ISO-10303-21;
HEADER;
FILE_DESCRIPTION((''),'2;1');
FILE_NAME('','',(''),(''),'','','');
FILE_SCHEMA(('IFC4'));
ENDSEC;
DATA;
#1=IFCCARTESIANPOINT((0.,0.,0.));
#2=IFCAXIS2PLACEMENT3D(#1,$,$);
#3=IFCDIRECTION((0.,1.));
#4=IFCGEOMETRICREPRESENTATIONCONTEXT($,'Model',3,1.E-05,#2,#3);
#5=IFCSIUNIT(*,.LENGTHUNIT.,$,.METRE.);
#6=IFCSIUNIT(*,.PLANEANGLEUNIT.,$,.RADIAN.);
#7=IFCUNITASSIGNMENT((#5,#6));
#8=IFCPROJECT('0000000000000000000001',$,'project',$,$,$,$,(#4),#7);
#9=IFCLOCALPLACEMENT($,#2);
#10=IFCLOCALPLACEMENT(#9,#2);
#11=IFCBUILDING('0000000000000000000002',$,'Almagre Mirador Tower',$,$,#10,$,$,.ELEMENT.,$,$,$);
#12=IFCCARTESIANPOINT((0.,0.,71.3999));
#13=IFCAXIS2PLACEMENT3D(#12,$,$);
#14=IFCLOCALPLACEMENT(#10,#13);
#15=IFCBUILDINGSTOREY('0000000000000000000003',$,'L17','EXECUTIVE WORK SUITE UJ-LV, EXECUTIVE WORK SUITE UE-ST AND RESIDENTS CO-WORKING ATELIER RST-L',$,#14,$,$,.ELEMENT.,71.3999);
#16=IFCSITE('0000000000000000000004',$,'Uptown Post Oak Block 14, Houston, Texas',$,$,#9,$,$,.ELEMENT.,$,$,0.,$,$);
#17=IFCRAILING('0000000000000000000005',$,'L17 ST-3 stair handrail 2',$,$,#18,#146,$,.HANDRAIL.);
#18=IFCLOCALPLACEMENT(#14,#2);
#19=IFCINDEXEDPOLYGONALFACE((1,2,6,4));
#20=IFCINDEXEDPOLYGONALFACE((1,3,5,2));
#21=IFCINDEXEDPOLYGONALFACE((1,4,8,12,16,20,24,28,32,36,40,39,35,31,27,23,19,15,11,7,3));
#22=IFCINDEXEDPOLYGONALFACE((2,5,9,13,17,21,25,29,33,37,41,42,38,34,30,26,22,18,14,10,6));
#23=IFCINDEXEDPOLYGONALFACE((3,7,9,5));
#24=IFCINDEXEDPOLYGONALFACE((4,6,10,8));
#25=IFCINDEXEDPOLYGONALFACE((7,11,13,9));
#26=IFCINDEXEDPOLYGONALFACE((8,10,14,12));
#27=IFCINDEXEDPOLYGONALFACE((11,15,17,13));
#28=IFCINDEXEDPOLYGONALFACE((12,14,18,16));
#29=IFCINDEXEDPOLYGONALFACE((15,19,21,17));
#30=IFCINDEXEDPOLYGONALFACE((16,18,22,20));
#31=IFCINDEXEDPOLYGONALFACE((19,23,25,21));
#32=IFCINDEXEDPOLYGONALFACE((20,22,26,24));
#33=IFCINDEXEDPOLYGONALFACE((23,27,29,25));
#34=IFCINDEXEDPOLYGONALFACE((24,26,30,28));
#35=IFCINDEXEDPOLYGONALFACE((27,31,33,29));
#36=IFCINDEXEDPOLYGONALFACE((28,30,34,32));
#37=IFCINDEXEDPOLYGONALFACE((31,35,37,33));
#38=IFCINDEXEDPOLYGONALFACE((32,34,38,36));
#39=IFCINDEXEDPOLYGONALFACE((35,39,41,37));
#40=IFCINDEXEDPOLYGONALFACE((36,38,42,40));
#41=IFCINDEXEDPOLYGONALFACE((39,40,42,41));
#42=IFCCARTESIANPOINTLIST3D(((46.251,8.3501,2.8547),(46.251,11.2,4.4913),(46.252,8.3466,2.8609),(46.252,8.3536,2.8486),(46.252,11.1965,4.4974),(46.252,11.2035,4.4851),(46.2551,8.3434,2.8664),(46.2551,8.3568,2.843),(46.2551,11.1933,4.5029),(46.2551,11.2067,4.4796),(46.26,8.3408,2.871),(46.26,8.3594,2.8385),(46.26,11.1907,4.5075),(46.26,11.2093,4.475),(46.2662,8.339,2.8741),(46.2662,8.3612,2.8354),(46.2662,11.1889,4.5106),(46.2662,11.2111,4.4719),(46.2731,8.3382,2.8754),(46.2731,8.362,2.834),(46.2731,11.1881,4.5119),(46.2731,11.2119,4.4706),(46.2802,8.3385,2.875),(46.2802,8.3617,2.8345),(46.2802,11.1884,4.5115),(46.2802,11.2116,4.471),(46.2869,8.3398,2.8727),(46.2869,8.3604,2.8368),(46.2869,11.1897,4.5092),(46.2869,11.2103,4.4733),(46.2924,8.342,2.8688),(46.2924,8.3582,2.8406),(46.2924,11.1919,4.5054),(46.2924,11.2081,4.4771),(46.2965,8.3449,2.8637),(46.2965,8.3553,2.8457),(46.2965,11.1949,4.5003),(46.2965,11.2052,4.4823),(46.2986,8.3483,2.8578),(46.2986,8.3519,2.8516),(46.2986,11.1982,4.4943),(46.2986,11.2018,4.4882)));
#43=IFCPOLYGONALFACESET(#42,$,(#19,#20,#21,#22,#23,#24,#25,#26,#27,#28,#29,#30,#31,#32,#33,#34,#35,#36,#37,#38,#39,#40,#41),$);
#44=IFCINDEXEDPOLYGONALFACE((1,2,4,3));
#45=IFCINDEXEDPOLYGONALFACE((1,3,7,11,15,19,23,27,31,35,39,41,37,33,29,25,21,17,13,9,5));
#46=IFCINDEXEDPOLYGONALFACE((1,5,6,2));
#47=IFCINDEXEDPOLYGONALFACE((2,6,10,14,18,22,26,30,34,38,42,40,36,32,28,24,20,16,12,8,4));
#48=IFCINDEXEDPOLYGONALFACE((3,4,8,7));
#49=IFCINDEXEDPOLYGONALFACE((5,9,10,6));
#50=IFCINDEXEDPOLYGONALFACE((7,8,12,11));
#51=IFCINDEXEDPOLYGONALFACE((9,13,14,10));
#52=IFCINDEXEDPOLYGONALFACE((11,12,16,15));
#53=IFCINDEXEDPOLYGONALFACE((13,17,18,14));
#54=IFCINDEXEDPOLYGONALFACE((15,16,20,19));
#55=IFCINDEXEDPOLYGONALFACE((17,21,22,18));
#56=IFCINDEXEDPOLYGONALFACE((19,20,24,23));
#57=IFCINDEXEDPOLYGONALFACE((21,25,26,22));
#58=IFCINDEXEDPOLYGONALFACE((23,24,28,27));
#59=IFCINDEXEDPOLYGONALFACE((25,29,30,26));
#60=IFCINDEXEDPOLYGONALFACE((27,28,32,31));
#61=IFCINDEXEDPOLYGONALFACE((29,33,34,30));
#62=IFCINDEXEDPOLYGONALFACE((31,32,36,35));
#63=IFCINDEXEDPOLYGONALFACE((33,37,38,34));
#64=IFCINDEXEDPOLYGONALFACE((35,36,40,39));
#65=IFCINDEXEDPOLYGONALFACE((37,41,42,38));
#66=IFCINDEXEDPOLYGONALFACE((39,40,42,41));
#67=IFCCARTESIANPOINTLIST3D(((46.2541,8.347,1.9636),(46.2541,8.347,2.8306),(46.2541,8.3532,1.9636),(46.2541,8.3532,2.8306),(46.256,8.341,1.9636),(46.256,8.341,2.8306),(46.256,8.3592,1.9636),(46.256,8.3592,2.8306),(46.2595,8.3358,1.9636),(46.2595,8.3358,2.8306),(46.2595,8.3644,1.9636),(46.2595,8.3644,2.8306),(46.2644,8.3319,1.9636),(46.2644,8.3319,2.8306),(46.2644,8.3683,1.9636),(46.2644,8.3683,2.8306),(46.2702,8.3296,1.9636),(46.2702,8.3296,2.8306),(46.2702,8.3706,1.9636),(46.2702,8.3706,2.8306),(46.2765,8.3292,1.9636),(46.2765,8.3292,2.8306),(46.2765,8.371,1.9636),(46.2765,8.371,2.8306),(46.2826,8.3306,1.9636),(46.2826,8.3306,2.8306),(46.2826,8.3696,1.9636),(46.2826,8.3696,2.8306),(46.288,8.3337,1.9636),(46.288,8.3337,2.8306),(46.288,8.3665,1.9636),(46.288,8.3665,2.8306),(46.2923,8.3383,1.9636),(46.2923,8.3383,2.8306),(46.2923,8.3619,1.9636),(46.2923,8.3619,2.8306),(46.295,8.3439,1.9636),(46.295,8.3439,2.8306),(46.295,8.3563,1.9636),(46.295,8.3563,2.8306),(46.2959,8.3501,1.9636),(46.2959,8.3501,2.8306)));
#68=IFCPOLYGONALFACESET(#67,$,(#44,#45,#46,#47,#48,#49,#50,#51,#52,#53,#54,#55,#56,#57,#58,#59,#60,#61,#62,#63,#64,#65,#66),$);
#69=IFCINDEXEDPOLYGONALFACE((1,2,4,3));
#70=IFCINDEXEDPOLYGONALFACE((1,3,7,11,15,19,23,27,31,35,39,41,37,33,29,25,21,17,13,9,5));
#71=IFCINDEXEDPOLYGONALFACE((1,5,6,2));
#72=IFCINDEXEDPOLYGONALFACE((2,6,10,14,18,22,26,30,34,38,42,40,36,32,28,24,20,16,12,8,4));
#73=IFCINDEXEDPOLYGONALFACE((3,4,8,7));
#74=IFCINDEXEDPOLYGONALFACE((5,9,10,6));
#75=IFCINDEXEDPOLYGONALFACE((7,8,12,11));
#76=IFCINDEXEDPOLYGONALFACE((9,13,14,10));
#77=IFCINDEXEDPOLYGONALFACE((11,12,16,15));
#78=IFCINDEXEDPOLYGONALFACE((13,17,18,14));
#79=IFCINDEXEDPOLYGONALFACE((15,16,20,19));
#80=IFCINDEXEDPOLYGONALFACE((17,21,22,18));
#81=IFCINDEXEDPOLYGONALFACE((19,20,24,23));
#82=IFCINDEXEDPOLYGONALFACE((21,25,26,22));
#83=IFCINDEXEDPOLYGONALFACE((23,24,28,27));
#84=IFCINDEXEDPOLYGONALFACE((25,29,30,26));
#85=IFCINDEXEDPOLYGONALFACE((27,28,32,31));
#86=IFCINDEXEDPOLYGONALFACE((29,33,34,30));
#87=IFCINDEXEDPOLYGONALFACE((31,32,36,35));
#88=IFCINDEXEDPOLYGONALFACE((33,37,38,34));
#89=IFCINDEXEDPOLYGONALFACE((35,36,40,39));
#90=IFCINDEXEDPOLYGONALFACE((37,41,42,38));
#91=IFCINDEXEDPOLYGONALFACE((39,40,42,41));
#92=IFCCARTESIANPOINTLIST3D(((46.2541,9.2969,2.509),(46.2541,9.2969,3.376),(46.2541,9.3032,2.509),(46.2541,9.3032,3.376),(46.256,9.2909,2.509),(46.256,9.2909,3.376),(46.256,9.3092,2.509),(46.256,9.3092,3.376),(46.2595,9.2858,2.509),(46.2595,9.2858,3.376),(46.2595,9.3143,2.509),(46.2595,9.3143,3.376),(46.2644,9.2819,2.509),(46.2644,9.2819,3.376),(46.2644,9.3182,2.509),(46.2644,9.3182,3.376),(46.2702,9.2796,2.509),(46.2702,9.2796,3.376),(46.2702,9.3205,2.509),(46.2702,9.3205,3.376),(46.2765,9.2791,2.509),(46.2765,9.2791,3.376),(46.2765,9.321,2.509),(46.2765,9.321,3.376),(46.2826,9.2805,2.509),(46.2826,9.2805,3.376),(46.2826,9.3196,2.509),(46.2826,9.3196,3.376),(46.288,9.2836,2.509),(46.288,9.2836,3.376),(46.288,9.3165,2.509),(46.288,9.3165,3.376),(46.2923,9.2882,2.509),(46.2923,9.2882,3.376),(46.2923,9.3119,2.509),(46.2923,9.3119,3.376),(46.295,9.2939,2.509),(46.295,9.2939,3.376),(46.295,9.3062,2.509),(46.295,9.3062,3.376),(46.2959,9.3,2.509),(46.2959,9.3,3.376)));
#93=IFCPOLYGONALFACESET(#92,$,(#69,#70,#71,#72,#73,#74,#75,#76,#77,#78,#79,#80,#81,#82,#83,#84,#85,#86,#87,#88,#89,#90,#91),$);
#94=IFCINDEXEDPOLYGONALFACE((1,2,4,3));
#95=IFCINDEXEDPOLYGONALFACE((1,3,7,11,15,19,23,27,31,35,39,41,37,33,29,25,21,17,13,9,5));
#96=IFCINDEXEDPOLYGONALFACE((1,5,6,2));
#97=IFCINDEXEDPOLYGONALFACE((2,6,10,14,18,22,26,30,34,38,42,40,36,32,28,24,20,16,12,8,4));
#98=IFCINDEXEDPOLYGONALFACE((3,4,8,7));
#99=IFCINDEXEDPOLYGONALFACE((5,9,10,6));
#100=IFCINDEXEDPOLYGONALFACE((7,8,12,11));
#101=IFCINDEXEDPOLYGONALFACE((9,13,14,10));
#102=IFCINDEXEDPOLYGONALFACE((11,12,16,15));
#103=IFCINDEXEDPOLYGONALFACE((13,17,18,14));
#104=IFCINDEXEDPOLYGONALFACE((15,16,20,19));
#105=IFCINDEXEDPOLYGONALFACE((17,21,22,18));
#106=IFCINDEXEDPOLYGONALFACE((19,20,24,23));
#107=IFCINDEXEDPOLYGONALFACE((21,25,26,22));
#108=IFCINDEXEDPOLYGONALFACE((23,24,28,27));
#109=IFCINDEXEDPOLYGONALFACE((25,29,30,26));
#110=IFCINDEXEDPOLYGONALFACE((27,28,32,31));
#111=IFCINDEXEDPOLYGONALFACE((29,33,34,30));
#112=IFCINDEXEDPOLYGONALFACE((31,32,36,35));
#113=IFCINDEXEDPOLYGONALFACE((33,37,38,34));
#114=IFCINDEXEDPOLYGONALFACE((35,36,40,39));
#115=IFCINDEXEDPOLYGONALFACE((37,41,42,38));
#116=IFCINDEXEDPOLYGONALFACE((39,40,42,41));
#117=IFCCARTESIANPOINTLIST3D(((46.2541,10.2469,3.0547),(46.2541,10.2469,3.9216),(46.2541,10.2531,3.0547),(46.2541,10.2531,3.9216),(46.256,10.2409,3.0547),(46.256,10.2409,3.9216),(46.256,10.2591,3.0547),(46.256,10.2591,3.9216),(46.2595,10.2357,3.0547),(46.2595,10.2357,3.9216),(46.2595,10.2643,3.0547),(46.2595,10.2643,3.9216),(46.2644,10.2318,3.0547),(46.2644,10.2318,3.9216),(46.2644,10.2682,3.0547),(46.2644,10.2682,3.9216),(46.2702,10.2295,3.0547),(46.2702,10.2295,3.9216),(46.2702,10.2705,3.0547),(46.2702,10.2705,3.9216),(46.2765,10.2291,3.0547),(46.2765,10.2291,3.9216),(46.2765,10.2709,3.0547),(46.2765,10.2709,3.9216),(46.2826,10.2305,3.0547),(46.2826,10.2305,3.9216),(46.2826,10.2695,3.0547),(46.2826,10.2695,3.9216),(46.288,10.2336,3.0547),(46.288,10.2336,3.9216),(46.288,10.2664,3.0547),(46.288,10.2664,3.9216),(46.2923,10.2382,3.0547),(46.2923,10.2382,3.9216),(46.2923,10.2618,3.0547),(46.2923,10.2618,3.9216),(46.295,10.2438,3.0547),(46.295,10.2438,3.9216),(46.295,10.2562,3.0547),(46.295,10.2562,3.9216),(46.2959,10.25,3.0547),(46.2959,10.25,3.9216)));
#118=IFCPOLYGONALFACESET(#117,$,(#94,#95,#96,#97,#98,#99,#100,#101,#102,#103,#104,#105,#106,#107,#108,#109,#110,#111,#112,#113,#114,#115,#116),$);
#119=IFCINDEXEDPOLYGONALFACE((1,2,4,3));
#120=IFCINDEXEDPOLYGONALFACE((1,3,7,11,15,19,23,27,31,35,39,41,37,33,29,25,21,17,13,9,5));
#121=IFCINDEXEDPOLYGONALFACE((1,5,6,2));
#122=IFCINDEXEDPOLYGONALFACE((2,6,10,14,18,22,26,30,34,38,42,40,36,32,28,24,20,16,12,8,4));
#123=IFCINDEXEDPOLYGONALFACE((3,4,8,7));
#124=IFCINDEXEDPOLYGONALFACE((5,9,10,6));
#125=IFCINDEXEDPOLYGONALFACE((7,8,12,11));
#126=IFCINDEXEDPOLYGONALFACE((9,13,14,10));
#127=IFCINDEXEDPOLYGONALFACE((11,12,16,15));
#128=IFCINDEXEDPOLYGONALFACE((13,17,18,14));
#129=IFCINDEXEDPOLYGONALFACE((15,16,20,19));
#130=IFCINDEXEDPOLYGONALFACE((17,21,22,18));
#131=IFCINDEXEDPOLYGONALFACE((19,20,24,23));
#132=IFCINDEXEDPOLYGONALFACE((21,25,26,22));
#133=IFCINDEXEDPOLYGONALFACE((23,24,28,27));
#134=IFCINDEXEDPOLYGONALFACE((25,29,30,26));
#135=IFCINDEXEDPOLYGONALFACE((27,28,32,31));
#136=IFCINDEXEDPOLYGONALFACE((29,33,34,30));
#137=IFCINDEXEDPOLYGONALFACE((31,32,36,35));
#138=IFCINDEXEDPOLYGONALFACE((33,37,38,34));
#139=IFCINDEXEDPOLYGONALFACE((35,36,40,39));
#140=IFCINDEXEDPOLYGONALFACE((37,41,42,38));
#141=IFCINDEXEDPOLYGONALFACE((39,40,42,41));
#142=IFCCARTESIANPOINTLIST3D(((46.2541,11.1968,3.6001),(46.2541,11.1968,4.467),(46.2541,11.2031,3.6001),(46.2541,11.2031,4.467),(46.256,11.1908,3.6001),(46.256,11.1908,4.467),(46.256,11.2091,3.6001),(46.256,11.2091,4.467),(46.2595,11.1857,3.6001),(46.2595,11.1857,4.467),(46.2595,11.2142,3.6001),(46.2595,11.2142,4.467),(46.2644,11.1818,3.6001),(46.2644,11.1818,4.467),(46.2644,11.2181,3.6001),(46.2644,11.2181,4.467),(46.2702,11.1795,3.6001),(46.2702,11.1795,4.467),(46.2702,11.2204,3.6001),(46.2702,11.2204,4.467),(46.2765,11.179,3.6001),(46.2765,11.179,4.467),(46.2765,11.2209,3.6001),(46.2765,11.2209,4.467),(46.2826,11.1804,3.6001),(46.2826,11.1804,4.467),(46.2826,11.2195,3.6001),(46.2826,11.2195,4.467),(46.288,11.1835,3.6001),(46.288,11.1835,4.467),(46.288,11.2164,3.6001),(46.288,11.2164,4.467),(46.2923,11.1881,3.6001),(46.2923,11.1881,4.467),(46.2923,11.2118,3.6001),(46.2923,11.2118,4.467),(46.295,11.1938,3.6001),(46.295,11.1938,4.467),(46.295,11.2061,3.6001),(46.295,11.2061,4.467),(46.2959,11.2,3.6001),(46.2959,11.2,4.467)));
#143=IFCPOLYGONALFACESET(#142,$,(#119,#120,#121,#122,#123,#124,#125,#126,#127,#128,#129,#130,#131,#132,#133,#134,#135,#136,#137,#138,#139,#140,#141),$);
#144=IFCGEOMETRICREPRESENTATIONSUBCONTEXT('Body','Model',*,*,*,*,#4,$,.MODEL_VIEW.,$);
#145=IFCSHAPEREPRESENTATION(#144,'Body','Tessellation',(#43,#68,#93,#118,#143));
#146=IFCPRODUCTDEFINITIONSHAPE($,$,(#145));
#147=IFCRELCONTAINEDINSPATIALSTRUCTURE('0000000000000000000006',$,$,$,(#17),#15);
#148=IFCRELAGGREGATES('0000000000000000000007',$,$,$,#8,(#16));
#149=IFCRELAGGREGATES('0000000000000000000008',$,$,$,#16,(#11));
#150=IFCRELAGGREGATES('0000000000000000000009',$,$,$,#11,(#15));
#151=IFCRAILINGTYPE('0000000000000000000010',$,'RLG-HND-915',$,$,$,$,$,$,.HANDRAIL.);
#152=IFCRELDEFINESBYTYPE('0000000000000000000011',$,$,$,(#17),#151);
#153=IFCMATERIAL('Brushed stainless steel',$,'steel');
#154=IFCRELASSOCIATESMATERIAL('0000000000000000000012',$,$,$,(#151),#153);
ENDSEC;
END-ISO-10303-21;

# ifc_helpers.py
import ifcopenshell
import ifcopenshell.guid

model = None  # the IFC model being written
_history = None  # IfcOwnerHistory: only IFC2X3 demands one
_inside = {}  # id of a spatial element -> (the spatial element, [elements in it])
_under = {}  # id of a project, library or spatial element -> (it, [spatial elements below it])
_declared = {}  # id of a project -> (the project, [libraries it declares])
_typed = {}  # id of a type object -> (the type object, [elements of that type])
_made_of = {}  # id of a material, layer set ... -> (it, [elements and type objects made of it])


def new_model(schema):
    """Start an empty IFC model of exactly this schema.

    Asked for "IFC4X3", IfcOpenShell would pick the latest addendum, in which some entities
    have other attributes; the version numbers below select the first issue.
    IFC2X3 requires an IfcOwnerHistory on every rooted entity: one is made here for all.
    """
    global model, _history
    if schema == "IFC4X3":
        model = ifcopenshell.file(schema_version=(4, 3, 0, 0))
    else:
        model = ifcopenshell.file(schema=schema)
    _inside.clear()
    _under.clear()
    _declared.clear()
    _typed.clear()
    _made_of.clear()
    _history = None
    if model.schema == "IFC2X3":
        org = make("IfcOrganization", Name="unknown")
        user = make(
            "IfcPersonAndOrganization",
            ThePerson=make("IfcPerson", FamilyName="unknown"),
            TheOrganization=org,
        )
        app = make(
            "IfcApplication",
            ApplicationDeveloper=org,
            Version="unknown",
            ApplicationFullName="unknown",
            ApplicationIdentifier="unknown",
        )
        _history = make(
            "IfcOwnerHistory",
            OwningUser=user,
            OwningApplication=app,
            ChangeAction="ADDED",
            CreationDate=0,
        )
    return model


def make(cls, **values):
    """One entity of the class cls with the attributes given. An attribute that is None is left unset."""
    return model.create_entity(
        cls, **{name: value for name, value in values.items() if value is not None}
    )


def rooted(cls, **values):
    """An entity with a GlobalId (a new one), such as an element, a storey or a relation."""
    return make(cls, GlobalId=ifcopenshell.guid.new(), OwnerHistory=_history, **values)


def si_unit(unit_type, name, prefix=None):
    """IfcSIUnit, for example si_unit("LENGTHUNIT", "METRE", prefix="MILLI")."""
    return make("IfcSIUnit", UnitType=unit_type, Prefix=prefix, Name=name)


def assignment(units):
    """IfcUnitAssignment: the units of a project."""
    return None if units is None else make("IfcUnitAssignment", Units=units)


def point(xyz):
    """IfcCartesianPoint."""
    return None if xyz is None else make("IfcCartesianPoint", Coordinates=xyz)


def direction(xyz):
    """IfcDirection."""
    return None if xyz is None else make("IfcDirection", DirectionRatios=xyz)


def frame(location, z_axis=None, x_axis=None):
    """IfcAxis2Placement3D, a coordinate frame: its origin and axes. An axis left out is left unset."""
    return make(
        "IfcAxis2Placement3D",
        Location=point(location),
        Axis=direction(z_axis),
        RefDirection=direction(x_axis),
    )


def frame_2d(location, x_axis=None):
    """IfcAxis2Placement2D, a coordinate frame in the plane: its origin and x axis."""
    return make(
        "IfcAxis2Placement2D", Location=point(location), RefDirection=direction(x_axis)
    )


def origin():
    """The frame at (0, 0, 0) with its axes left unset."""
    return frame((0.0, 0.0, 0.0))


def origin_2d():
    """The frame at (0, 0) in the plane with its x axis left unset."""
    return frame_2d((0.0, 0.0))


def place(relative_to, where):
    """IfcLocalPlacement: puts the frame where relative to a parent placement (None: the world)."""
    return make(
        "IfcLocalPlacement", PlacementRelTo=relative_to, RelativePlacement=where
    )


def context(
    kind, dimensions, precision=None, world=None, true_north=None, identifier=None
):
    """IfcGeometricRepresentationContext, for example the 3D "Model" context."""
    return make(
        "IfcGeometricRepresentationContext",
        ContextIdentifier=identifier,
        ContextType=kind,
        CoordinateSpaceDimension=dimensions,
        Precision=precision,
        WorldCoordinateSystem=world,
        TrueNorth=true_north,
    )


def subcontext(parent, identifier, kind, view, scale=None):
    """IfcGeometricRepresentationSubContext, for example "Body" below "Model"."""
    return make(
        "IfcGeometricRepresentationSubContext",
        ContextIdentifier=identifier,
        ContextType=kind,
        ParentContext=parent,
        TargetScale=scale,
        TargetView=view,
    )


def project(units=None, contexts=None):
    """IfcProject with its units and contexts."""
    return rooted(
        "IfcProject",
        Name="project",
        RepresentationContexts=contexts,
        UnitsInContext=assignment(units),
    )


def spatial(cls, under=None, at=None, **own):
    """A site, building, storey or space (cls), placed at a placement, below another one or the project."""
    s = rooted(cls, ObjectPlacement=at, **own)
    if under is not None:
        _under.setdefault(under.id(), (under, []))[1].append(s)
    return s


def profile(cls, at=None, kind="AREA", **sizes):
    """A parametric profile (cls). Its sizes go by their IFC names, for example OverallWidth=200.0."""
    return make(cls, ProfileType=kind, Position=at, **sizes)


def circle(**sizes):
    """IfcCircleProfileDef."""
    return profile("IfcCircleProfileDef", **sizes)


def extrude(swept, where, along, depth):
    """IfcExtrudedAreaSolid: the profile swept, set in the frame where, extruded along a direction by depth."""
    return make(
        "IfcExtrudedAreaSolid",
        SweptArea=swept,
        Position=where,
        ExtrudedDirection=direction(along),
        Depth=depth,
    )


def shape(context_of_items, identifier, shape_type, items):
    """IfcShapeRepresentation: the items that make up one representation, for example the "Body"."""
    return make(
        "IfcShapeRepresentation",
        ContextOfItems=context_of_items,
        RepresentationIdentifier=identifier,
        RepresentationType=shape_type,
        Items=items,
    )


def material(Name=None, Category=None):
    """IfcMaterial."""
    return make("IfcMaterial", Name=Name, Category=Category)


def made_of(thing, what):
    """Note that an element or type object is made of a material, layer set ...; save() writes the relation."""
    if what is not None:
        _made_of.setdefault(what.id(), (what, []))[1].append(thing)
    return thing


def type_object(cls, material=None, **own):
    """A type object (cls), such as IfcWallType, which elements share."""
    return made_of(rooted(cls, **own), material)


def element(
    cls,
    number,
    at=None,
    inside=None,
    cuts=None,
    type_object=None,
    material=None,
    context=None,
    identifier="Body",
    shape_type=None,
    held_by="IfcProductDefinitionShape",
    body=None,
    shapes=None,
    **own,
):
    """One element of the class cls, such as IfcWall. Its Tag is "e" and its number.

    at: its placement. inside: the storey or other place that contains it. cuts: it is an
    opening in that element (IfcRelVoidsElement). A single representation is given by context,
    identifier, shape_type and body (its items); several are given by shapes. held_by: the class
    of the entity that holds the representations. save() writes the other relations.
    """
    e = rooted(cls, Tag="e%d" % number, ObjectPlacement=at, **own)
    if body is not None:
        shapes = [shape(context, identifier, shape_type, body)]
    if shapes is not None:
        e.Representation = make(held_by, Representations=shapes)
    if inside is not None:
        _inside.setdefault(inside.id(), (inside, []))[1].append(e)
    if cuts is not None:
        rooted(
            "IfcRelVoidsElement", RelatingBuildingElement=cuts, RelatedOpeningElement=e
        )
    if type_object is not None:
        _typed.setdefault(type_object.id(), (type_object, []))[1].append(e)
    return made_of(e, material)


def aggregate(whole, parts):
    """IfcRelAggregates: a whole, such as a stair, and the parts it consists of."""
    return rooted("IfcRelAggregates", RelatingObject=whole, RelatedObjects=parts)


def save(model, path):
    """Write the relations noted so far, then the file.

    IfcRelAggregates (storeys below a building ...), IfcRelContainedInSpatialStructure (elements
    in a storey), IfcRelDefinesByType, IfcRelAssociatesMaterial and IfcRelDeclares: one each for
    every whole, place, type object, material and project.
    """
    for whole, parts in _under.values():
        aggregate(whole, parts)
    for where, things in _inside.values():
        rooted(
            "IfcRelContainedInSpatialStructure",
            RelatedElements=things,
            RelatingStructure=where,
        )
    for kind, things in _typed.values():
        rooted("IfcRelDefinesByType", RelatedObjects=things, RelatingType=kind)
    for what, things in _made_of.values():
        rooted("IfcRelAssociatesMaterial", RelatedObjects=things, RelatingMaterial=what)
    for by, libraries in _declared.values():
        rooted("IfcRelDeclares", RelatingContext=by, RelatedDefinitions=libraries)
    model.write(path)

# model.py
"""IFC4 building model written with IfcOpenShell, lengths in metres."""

from ifc_helpers import new_model, si_unit, direction, frame, origin, origin_2d, place, context, subcontext, project, spatial, circle, extrude, material, type_object, element, save


model = new_model("IFC4")

# Units and contexts
model_context = context("Model", 3, precision=1e-05, world=origin(), true_north=direction((0.0, 1.0)))
body_context = subcontext(model_context, "Body", "Model", "MODEL_VIEW")
ifc_project = project(units=[si_unit("LENGTHUNIT", "METRE"), si_unit("PLANEANGLEUNIT", "RADIAN")], contexts=[model_context])

# Site, building, storey
site_placement = place(None, origin())
site = spatial("IfcSite", under=ifc_project, at=site_placement, Name="Uptown Post Oak Block 14, Houston, Texas", CompositionType="ELEMENT", RefElevation=0.0)
building_placement = place(site_placement, origin())
building = spatial("IfcBuilding", under=site, at=building_placement, Name="Almagre Mirador Tower", CompositionType="ELEMENT")
storey_placement = place(building_placement, frame((0.0, 0.0, 71.3999)))
storey = spatial("IfcBuildingStorey", under=building, at=storey_placement, Name="L17", Description="EXECUTIVE WORK SUITE UJ-LV, EXECUTIVE WORK SUITE UE-ST AND RESIDENTS CO-WORKING ATELIER RST-L", CompositionType="ELEMENT", Elevation=71.3999)

# Railing
ifc_material_1 = material(Name="Brushed stainless steel", Category="steel")
railing_type_1 = type_object("IfcRailingType", Name="RLG-HND-915", PredefinedType="HANDRAIL", material=ifc_material_1)
railing_1_placement = place(storey_placement, frame((46.2749, 8.3501, 1.9636)))
element("IfcRailing", 1, at=railing_1_placement, inside=storey, type_object=railing_type_1, Name="L17 ST-3 stair handrail 2", PredefinedType="HANDRAIL", context=body_context, shape_type="SweptSolid", body=[
    extrude(circle(Radius=0.0239, at=origin_2d()), frame((0.0, 0.0, 0.8911), z_axis=(0.0, 0.867194, 0.49797), x_axis=(-1.0, 0.0, 0.0)), (0.0, 0.0, 1.0), 3.2864),
    extrude(circle(Radius=0.021, at=origin_2d()), origin(), (0.0, 0.0, 1.0), 0.8669),
    extrude(circle(Radius=0.021, at=origin_2d()), frame((0.0, 0.95, 0.5454)), (0.0, 0.0, 1.0), 0.8669),
    extrude(circle(Radius=0.021, at=origin_2d()), frame((0.0, 1.8999, 1.0911)), (0.0, 0.0, 1.0), 0.8669),
    extrude(circle(Radius=0.021, at=origin_2d()), frame((0.0, 2.8499, 1.6365)), (0.0, 0.0, 1.0), 0.8669),
])

save(model, "model.ifc")
